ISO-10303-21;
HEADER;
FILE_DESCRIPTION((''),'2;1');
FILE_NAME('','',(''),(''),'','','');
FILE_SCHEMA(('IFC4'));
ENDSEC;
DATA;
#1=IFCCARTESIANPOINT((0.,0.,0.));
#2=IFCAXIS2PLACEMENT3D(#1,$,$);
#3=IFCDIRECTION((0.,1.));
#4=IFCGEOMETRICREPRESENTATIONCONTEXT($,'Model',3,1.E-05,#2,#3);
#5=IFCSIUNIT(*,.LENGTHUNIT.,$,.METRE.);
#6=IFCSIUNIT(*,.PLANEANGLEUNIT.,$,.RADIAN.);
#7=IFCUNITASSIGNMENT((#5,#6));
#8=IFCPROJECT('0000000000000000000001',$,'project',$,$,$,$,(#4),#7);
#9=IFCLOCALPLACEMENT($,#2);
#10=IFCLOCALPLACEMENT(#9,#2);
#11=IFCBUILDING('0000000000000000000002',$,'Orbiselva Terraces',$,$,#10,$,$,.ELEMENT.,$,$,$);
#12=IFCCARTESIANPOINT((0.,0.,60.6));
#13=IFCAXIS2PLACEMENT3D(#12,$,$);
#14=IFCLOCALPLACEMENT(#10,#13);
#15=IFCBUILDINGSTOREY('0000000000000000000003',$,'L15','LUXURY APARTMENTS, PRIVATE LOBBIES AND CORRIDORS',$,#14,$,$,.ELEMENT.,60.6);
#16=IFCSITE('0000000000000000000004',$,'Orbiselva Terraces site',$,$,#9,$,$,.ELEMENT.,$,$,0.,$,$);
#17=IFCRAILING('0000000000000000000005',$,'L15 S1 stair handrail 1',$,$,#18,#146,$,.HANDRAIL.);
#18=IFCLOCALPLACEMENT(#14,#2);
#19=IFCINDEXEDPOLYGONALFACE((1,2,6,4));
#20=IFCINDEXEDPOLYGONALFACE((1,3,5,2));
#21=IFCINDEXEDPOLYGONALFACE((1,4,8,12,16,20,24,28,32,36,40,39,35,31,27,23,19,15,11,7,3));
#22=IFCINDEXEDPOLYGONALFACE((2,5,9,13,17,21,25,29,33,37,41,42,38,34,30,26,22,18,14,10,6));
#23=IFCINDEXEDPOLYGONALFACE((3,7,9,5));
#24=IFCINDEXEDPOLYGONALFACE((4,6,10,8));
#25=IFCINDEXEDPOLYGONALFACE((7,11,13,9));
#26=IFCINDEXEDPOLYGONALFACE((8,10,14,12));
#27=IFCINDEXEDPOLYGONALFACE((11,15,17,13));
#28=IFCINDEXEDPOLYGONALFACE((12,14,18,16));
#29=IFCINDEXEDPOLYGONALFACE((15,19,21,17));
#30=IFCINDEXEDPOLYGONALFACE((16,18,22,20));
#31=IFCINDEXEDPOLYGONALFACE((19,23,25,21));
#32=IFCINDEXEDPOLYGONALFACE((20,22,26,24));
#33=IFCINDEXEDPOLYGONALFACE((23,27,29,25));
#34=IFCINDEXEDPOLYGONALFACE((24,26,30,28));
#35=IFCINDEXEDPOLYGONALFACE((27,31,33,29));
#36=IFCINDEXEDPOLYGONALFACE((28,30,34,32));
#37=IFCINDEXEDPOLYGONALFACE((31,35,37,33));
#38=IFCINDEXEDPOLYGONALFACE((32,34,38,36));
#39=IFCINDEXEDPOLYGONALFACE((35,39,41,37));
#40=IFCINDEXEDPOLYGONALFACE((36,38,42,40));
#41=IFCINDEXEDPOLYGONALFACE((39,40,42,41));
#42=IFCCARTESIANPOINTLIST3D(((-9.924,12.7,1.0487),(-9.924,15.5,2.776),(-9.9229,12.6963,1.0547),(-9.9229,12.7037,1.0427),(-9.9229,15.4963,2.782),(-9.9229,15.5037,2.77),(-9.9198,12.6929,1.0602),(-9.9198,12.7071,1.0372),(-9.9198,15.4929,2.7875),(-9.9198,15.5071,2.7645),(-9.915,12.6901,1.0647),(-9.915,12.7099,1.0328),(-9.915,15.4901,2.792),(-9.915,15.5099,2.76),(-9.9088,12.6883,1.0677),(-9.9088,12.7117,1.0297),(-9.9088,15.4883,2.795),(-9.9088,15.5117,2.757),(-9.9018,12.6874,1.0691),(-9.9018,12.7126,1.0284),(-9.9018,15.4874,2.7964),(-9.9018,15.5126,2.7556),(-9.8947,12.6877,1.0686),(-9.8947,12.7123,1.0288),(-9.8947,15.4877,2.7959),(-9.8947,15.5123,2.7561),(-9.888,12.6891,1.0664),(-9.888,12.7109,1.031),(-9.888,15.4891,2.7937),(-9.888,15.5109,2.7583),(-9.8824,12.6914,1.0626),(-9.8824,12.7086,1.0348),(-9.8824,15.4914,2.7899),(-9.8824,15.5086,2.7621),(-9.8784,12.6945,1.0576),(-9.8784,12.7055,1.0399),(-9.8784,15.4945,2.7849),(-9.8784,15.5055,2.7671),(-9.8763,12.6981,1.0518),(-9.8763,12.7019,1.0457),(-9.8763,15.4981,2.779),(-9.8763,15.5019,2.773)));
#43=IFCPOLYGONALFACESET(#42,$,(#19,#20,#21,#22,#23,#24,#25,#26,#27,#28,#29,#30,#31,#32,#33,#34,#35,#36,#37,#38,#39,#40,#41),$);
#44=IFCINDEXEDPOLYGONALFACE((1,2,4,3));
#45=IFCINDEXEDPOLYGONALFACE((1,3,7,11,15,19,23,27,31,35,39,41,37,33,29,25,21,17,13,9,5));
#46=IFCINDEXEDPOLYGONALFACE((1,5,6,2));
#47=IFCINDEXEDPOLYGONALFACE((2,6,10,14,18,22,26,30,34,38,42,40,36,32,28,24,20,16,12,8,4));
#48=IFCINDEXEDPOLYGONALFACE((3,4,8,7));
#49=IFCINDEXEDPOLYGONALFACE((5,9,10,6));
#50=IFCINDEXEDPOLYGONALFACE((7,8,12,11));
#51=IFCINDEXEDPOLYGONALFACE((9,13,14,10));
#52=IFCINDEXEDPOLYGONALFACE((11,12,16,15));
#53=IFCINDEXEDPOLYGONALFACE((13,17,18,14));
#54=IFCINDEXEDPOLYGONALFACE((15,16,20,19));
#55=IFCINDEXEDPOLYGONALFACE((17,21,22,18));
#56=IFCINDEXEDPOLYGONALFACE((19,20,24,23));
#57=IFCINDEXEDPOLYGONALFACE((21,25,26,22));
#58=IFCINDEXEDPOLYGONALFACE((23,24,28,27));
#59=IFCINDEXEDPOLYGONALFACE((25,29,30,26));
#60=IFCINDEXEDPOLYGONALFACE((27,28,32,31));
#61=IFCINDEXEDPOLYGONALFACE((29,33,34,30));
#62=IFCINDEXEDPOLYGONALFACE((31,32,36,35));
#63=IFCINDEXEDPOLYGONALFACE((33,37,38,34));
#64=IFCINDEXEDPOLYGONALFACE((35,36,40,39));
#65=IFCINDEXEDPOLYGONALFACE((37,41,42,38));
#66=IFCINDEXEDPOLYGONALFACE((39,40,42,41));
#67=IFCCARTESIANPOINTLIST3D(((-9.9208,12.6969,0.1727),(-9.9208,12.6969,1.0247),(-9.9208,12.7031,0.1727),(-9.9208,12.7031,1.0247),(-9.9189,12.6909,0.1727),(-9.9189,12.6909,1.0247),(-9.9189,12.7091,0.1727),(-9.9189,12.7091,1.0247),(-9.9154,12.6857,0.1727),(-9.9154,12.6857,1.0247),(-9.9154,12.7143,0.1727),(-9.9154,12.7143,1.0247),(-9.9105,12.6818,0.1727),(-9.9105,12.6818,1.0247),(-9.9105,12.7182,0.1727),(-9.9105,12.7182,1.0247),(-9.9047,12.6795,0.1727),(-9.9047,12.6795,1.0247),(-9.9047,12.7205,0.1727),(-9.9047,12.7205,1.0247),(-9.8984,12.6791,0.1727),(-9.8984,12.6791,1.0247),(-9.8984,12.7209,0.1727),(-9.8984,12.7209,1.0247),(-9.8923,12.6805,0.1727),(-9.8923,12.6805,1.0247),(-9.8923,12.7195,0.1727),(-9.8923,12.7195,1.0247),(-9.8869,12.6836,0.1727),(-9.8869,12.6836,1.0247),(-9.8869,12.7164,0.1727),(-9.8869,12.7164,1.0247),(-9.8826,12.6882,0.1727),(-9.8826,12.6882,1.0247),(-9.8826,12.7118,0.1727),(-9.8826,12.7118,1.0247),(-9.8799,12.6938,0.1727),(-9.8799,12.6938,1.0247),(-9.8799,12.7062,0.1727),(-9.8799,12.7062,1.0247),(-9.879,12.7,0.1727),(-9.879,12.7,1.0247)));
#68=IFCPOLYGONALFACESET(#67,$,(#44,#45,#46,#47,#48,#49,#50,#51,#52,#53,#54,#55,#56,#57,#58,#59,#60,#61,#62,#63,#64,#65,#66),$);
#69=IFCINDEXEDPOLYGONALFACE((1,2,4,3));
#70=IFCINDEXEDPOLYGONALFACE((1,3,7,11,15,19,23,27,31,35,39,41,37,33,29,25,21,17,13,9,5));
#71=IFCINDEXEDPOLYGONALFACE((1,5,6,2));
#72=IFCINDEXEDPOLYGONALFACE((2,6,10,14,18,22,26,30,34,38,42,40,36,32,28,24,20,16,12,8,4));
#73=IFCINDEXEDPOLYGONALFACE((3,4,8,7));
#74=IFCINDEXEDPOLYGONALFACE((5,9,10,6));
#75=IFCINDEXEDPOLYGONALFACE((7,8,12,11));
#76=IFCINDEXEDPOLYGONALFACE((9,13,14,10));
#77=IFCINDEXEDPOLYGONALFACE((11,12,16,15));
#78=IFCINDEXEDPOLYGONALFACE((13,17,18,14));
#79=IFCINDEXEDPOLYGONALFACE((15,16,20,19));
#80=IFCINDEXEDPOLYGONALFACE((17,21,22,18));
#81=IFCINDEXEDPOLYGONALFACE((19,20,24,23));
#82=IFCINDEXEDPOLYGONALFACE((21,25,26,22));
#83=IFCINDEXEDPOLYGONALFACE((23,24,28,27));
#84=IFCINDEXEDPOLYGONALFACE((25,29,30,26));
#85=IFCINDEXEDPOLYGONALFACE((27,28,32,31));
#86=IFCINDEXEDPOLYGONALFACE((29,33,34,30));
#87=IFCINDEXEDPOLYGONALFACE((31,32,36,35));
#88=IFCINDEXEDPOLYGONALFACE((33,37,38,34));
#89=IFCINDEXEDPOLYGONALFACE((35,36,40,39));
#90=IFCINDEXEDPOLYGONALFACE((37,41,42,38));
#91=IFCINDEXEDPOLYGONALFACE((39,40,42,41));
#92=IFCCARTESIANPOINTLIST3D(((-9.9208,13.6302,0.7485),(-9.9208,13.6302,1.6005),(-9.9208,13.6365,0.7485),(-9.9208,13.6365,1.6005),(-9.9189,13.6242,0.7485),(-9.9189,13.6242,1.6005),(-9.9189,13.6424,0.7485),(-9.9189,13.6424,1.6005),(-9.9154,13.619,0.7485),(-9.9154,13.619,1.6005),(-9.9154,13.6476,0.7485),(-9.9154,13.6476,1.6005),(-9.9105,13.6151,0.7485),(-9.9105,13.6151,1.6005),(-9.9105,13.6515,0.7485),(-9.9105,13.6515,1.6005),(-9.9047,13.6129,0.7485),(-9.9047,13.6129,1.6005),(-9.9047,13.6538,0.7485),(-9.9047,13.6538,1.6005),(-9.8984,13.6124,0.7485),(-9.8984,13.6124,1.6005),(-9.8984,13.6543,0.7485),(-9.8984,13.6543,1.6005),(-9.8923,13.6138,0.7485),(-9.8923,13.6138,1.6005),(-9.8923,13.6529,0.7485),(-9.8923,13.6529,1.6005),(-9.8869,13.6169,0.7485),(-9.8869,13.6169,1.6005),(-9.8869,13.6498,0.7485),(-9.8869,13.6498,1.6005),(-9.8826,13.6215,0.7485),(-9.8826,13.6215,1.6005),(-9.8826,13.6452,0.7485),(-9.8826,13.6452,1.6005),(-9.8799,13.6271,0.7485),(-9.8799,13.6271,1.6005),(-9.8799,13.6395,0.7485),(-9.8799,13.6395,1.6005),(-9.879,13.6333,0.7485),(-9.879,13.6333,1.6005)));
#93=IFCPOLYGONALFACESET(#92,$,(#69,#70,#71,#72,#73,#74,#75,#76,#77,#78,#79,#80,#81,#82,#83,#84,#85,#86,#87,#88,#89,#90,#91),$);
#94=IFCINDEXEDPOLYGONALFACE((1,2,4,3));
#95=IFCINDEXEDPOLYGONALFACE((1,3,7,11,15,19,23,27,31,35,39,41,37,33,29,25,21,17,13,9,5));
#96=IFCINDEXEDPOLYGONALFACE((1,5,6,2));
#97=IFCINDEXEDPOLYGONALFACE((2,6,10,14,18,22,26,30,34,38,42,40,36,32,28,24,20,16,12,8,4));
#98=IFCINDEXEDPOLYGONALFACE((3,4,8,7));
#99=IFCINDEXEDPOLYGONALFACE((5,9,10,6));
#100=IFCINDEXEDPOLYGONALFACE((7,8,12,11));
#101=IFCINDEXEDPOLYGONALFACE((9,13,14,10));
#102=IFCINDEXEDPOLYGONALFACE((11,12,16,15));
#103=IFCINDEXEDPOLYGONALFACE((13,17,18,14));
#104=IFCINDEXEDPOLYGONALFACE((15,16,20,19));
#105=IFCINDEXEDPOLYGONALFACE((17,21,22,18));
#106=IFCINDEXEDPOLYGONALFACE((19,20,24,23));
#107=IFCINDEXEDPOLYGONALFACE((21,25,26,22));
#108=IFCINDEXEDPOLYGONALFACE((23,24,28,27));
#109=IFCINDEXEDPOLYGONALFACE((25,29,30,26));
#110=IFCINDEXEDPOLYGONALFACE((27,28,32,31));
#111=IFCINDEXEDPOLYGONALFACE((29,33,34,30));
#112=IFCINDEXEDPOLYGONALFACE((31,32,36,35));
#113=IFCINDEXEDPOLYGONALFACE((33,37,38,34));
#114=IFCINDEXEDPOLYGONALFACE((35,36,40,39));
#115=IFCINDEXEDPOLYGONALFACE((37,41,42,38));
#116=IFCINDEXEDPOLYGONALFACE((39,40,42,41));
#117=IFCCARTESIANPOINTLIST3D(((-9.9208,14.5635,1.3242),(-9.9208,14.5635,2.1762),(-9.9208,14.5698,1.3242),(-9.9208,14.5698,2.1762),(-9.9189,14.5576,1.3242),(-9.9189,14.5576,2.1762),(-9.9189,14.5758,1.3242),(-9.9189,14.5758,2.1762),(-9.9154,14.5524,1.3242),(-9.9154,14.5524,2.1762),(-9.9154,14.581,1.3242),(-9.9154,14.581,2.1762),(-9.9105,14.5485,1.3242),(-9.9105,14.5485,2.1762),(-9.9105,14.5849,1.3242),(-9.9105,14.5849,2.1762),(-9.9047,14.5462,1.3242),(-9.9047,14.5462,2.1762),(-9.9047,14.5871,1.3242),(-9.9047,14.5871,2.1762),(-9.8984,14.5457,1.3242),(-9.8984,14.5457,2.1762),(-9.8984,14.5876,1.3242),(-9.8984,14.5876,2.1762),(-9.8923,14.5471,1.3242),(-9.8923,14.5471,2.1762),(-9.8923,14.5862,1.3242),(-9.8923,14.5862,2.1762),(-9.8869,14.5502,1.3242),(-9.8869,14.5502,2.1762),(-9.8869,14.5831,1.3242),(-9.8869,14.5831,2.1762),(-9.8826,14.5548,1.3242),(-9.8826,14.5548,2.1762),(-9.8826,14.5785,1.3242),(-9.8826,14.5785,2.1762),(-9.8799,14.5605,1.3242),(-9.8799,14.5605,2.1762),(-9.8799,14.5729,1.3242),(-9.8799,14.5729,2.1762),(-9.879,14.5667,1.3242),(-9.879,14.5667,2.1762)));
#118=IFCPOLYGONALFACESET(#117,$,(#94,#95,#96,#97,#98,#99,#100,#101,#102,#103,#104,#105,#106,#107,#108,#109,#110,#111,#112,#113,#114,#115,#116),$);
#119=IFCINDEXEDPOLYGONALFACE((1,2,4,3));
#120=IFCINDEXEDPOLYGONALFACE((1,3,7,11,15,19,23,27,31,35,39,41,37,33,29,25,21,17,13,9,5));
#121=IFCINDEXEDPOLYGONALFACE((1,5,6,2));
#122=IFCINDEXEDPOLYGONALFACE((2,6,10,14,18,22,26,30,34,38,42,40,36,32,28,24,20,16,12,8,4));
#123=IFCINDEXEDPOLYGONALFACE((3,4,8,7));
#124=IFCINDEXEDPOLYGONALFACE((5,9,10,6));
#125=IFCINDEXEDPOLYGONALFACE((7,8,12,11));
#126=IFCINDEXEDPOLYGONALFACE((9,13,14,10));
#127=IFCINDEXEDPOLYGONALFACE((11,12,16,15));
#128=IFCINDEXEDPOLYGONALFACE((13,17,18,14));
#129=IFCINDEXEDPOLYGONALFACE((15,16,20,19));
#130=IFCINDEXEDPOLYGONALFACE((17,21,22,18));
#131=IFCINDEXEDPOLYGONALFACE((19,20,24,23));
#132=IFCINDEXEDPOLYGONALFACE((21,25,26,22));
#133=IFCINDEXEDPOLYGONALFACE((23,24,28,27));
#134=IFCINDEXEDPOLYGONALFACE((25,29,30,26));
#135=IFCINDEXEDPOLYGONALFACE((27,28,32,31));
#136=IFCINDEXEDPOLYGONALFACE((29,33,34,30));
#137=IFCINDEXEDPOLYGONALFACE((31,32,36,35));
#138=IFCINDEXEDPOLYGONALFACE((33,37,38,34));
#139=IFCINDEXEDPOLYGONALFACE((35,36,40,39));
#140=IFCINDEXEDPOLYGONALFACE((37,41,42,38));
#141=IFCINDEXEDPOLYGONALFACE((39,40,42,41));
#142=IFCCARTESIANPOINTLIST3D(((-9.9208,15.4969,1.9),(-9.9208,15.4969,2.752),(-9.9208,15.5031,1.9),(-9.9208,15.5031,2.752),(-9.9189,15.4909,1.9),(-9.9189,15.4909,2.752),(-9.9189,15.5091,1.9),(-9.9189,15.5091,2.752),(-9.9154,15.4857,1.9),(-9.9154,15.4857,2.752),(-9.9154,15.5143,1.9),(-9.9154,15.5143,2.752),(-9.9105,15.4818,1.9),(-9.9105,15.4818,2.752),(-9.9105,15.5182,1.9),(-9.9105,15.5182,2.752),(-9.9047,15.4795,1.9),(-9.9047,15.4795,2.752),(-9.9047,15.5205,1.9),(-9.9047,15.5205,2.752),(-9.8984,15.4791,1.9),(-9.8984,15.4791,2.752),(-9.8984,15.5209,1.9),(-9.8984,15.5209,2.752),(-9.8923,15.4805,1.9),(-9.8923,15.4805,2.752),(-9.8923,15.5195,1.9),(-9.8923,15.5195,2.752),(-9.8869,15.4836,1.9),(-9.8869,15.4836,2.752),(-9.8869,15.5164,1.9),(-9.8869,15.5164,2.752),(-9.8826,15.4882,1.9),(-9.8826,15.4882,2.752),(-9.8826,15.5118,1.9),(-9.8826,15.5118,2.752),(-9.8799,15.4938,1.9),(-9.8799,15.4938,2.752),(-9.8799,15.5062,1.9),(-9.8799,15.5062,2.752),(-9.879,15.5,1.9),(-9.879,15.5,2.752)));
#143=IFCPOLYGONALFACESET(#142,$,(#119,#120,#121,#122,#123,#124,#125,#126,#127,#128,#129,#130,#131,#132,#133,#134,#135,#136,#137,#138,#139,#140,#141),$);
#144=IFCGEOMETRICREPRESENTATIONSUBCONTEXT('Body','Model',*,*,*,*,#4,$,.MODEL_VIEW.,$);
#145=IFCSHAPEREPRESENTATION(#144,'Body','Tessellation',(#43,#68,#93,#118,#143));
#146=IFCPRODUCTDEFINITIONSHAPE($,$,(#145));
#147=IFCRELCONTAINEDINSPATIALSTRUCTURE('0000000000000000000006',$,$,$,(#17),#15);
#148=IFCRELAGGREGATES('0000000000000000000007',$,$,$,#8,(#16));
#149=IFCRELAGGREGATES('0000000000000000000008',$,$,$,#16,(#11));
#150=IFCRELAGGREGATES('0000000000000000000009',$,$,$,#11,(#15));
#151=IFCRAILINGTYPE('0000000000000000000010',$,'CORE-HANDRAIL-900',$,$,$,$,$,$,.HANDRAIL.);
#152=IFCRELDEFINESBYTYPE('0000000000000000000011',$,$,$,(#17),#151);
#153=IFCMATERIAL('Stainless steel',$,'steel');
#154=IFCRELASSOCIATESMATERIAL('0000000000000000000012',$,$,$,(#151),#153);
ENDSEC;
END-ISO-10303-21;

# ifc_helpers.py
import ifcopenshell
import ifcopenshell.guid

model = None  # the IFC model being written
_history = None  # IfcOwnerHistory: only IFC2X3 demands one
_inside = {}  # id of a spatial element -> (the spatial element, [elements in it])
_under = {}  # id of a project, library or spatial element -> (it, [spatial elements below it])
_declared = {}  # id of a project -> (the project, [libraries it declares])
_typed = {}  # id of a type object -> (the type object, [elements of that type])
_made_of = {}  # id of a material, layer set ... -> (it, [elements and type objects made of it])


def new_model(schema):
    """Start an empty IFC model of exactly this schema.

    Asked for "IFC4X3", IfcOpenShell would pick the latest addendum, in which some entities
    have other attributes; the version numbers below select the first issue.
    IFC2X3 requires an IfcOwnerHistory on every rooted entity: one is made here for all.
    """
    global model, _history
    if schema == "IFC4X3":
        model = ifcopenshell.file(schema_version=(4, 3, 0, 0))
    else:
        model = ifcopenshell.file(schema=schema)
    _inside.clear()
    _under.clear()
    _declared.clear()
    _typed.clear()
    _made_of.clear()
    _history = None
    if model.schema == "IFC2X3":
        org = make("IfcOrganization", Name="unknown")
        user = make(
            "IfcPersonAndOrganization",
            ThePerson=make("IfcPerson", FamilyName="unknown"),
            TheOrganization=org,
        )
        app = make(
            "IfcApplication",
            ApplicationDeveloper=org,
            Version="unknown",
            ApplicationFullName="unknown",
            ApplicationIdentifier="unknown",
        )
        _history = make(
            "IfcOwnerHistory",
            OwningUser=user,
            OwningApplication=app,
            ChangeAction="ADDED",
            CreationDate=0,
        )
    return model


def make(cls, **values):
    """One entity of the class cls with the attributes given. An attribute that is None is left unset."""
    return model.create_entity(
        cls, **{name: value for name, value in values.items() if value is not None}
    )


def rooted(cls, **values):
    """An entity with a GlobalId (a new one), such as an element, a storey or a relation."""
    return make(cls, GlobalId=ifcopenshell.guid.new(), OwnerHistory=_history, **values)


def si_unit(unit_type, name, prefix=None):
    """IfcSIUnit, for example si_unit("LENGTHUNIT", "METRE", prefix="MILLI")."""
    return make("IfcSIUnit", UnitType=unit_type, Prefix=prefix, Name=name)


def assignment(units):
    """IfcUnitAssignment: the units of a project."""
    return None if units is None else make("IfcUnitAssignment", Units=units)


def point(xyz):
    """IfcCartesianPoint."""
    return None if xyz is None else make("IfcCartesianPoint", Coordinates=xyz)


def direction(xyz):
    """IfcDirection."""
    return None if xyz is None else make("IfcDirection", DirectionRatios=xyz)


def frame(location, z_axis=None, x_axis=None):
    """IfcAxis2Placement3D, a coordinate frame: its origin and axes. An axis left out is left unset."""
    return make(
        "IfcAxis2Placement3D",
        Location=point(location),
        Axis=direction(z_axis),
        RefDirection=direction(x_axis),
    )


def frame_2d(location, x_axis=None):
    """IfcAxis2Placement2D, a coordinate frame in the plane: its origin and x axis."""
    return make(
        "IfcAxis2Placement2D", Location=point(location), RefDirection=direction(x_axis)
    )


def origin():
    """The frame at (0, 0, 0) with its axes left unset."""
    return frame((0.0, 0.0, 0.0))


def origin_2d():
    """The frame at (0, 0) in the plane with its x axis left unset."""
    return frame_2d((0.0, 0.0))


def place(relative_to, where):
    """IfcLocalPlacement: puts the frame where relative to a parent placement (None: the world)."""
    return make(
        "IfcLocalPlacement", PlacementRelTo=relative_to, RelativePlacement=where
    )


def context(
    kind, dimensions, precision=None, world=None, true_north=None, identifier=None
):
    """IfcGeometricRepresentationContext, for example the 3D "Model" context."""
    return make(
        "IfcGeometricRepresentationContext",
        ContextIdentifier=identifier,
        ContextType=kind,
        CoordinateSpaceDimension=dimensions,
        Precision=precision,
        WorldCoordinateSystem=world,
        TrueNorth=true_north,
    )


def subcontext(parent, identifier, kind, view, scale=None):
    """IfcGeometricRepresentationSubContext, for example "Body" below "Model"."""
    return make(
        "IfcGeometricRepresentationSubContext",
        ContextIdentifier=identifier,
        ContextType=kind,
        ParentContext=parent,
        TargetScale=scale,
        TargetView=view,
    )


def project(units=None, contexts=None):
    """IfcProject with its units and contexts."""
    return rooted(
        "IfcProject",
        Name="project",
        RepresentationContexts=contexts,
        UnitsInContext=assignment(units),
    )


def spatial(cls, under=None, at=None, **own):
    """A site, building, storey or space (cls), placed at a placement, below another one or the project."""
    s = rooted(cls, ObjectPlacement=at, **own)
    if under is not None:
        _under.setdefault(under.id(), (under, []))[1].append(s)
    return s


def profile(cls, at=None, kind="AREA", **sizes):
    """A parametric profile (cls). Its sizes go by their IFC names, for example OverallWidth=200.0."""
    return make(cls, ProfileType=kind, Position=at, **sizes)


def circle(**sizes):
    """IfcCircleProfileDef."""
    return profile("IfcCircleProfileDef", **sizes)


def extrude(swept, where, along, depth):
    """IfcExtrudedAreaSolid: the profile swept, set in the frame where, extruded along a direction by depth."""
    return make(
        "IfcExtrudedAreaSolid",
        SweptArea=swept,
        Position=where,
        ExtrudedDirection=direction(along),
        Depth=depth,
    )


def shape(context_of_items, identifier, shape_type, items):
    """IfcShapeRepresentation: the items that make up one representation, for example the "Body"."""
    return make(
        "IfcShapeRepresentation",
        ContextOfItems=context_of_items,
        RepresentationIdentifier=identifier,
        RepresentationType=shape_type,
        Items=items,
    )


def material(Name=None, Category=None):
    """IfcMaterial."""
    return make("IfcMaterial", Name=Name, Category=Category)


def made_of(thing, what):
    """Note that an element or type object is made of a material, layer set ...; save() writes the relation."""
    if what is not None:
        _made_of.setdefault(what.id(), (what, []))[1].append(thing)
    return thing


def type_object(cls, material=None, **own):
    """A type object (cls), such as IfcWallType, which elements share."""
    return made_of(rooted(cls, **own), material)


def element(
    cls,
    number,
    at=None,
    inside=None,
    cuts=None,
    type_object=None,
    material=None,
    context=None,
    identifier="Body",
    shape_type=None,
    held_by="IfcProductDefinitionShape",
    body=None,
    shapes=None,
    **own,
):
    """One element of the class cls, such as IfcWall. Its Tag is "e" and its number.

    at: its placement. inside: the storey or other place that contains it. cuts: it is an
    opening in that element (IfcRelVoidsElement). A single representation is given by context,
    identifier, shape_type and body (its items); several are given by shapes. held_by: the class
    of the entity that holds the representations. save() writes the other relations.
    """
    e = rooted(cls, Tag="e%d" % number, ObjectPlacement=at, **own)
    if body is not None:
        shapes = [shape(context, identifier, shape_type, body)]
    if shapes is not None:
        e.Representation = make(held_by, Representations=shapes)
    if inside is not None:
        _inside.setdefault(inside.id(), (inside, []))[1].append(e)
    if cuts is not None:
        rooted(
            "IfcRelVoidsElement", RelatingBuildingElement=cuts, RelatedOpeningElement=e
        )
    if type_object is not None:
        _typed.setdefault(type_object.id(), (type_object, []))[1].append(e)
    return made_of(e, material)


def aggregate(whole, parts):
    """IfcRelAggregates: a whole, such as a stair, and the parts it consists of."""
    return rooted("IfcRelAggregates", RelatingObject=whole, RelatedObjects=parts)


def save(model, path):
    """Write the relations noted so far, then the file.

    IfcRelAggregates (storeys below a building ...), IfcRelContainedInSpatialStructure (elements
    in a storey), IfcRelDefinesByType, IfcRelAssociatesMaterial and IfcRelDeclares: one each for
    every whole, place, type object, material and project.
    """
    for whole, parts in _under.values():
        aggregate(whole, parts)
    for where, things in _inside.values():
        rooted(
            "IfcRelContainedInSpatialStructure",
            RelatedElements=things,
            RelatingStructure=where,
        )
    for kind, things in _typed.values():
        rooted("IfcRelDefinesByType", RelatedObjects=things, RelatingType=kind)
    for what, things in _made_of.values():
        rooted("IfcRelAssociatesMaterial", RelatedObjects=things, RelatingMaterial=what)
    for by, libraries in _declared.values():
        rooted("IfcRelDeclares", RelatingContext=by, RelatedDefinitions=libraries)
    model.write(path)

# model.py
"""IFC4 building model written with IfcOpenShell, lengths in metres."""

from ifc_helpers import new_model, si_unit, direction, frame, origin, origin_2d, place, context, subcontext, project, spatial, circle, extrude, material, type_object, element, save


model = new_model("IFC4")

# Units and contexts
model_context = context("Model", 3, precision=1e-05, world=origin(), true_north=direction((0.0, 1.0)))
body_context = subcontext(model_context, "Body", "Model", "MODEL_VIEW")
ifc_project = project(units=[si_unit("LENGTHUNIT", "METRE"), si_unit("PLANEANGLEUNIT", "RADIAN")], contexts=[model_context])

# Site, building, storey
site_placement = place(None, origin())
site = spatial("IfcSite", under=ifc_project, at=site_placement, Name="Orbiselva Terraces site", CompositionType="ELEMENT", RefElevation=0.0)
building_placement = place(site_placement, origin())
building = spatial("IfcBuilding", under=site, at=building_placement, Name="Orbiselva Terraces", CompositionType="ELEMENT")
storey_placement = place(building_placement, frame((0.0, 0.0, 60.6)))
storey = spatial("IfcBuildingStorey", under=building, at=storey_placement, Name="L15", Description="LUXURY APARTMENTS, PRIVATE LOBBIES AND CORRIDORS", CompositionType="ELEMENT", Elevation=60.6)

# Railing
ifc_material_1 = material(Name="Stainless steel", Category="steel")
railing_type = type_object("IfcRailingType", Name="CORE-HANDRAIL-900", PredefinedType="HANDRAIL", material=ifc_material_1)
railing_1_placement = place(storey_placement, frame((-9.9, 12.7, 0.1727)))
element("IfcRailing", 1, at=railing_1_placement, inside=storey, type_object=railing_type, Name="L15 S1 stair handrail 1", PredefinedType="HANDRAIL", context=body_context, shape_type="SweptSolid", body=[
    extrude(circle(Radius=0.024, at=origin_2d()), frame((0.0, 0.0, 0.876), z_axis=(0.0, 0.851089, 0.525022), x_axis=(-1.0, 0.0, 0.0)), (0.0, 0.0, 1.0), 3.2899),
    extrude(circle(Radius=0.021, at=origin_2d()), origin(), (0.0, 0.0, 1.0), 0.852),
    extrude(circle(Radius=0.021, at=origin_2d()), frame((0.0, 0.9333, 0.5758)), (0.0, 0.0, 1.0), 0.852),
    extrude(circle(Radius=0.021, at=origin_2d()), frame((0.0, 1.8667, 1.1515)), (0.0, 0.0, 1.0), 0.852),
    extrude(circle(Radius=0.021, at=origin_2d()), frame((0.0, 2.8, 1.7273)), (0.0, 0.0, 1.0), 0.852),
])

save(model, "model.ifc")
